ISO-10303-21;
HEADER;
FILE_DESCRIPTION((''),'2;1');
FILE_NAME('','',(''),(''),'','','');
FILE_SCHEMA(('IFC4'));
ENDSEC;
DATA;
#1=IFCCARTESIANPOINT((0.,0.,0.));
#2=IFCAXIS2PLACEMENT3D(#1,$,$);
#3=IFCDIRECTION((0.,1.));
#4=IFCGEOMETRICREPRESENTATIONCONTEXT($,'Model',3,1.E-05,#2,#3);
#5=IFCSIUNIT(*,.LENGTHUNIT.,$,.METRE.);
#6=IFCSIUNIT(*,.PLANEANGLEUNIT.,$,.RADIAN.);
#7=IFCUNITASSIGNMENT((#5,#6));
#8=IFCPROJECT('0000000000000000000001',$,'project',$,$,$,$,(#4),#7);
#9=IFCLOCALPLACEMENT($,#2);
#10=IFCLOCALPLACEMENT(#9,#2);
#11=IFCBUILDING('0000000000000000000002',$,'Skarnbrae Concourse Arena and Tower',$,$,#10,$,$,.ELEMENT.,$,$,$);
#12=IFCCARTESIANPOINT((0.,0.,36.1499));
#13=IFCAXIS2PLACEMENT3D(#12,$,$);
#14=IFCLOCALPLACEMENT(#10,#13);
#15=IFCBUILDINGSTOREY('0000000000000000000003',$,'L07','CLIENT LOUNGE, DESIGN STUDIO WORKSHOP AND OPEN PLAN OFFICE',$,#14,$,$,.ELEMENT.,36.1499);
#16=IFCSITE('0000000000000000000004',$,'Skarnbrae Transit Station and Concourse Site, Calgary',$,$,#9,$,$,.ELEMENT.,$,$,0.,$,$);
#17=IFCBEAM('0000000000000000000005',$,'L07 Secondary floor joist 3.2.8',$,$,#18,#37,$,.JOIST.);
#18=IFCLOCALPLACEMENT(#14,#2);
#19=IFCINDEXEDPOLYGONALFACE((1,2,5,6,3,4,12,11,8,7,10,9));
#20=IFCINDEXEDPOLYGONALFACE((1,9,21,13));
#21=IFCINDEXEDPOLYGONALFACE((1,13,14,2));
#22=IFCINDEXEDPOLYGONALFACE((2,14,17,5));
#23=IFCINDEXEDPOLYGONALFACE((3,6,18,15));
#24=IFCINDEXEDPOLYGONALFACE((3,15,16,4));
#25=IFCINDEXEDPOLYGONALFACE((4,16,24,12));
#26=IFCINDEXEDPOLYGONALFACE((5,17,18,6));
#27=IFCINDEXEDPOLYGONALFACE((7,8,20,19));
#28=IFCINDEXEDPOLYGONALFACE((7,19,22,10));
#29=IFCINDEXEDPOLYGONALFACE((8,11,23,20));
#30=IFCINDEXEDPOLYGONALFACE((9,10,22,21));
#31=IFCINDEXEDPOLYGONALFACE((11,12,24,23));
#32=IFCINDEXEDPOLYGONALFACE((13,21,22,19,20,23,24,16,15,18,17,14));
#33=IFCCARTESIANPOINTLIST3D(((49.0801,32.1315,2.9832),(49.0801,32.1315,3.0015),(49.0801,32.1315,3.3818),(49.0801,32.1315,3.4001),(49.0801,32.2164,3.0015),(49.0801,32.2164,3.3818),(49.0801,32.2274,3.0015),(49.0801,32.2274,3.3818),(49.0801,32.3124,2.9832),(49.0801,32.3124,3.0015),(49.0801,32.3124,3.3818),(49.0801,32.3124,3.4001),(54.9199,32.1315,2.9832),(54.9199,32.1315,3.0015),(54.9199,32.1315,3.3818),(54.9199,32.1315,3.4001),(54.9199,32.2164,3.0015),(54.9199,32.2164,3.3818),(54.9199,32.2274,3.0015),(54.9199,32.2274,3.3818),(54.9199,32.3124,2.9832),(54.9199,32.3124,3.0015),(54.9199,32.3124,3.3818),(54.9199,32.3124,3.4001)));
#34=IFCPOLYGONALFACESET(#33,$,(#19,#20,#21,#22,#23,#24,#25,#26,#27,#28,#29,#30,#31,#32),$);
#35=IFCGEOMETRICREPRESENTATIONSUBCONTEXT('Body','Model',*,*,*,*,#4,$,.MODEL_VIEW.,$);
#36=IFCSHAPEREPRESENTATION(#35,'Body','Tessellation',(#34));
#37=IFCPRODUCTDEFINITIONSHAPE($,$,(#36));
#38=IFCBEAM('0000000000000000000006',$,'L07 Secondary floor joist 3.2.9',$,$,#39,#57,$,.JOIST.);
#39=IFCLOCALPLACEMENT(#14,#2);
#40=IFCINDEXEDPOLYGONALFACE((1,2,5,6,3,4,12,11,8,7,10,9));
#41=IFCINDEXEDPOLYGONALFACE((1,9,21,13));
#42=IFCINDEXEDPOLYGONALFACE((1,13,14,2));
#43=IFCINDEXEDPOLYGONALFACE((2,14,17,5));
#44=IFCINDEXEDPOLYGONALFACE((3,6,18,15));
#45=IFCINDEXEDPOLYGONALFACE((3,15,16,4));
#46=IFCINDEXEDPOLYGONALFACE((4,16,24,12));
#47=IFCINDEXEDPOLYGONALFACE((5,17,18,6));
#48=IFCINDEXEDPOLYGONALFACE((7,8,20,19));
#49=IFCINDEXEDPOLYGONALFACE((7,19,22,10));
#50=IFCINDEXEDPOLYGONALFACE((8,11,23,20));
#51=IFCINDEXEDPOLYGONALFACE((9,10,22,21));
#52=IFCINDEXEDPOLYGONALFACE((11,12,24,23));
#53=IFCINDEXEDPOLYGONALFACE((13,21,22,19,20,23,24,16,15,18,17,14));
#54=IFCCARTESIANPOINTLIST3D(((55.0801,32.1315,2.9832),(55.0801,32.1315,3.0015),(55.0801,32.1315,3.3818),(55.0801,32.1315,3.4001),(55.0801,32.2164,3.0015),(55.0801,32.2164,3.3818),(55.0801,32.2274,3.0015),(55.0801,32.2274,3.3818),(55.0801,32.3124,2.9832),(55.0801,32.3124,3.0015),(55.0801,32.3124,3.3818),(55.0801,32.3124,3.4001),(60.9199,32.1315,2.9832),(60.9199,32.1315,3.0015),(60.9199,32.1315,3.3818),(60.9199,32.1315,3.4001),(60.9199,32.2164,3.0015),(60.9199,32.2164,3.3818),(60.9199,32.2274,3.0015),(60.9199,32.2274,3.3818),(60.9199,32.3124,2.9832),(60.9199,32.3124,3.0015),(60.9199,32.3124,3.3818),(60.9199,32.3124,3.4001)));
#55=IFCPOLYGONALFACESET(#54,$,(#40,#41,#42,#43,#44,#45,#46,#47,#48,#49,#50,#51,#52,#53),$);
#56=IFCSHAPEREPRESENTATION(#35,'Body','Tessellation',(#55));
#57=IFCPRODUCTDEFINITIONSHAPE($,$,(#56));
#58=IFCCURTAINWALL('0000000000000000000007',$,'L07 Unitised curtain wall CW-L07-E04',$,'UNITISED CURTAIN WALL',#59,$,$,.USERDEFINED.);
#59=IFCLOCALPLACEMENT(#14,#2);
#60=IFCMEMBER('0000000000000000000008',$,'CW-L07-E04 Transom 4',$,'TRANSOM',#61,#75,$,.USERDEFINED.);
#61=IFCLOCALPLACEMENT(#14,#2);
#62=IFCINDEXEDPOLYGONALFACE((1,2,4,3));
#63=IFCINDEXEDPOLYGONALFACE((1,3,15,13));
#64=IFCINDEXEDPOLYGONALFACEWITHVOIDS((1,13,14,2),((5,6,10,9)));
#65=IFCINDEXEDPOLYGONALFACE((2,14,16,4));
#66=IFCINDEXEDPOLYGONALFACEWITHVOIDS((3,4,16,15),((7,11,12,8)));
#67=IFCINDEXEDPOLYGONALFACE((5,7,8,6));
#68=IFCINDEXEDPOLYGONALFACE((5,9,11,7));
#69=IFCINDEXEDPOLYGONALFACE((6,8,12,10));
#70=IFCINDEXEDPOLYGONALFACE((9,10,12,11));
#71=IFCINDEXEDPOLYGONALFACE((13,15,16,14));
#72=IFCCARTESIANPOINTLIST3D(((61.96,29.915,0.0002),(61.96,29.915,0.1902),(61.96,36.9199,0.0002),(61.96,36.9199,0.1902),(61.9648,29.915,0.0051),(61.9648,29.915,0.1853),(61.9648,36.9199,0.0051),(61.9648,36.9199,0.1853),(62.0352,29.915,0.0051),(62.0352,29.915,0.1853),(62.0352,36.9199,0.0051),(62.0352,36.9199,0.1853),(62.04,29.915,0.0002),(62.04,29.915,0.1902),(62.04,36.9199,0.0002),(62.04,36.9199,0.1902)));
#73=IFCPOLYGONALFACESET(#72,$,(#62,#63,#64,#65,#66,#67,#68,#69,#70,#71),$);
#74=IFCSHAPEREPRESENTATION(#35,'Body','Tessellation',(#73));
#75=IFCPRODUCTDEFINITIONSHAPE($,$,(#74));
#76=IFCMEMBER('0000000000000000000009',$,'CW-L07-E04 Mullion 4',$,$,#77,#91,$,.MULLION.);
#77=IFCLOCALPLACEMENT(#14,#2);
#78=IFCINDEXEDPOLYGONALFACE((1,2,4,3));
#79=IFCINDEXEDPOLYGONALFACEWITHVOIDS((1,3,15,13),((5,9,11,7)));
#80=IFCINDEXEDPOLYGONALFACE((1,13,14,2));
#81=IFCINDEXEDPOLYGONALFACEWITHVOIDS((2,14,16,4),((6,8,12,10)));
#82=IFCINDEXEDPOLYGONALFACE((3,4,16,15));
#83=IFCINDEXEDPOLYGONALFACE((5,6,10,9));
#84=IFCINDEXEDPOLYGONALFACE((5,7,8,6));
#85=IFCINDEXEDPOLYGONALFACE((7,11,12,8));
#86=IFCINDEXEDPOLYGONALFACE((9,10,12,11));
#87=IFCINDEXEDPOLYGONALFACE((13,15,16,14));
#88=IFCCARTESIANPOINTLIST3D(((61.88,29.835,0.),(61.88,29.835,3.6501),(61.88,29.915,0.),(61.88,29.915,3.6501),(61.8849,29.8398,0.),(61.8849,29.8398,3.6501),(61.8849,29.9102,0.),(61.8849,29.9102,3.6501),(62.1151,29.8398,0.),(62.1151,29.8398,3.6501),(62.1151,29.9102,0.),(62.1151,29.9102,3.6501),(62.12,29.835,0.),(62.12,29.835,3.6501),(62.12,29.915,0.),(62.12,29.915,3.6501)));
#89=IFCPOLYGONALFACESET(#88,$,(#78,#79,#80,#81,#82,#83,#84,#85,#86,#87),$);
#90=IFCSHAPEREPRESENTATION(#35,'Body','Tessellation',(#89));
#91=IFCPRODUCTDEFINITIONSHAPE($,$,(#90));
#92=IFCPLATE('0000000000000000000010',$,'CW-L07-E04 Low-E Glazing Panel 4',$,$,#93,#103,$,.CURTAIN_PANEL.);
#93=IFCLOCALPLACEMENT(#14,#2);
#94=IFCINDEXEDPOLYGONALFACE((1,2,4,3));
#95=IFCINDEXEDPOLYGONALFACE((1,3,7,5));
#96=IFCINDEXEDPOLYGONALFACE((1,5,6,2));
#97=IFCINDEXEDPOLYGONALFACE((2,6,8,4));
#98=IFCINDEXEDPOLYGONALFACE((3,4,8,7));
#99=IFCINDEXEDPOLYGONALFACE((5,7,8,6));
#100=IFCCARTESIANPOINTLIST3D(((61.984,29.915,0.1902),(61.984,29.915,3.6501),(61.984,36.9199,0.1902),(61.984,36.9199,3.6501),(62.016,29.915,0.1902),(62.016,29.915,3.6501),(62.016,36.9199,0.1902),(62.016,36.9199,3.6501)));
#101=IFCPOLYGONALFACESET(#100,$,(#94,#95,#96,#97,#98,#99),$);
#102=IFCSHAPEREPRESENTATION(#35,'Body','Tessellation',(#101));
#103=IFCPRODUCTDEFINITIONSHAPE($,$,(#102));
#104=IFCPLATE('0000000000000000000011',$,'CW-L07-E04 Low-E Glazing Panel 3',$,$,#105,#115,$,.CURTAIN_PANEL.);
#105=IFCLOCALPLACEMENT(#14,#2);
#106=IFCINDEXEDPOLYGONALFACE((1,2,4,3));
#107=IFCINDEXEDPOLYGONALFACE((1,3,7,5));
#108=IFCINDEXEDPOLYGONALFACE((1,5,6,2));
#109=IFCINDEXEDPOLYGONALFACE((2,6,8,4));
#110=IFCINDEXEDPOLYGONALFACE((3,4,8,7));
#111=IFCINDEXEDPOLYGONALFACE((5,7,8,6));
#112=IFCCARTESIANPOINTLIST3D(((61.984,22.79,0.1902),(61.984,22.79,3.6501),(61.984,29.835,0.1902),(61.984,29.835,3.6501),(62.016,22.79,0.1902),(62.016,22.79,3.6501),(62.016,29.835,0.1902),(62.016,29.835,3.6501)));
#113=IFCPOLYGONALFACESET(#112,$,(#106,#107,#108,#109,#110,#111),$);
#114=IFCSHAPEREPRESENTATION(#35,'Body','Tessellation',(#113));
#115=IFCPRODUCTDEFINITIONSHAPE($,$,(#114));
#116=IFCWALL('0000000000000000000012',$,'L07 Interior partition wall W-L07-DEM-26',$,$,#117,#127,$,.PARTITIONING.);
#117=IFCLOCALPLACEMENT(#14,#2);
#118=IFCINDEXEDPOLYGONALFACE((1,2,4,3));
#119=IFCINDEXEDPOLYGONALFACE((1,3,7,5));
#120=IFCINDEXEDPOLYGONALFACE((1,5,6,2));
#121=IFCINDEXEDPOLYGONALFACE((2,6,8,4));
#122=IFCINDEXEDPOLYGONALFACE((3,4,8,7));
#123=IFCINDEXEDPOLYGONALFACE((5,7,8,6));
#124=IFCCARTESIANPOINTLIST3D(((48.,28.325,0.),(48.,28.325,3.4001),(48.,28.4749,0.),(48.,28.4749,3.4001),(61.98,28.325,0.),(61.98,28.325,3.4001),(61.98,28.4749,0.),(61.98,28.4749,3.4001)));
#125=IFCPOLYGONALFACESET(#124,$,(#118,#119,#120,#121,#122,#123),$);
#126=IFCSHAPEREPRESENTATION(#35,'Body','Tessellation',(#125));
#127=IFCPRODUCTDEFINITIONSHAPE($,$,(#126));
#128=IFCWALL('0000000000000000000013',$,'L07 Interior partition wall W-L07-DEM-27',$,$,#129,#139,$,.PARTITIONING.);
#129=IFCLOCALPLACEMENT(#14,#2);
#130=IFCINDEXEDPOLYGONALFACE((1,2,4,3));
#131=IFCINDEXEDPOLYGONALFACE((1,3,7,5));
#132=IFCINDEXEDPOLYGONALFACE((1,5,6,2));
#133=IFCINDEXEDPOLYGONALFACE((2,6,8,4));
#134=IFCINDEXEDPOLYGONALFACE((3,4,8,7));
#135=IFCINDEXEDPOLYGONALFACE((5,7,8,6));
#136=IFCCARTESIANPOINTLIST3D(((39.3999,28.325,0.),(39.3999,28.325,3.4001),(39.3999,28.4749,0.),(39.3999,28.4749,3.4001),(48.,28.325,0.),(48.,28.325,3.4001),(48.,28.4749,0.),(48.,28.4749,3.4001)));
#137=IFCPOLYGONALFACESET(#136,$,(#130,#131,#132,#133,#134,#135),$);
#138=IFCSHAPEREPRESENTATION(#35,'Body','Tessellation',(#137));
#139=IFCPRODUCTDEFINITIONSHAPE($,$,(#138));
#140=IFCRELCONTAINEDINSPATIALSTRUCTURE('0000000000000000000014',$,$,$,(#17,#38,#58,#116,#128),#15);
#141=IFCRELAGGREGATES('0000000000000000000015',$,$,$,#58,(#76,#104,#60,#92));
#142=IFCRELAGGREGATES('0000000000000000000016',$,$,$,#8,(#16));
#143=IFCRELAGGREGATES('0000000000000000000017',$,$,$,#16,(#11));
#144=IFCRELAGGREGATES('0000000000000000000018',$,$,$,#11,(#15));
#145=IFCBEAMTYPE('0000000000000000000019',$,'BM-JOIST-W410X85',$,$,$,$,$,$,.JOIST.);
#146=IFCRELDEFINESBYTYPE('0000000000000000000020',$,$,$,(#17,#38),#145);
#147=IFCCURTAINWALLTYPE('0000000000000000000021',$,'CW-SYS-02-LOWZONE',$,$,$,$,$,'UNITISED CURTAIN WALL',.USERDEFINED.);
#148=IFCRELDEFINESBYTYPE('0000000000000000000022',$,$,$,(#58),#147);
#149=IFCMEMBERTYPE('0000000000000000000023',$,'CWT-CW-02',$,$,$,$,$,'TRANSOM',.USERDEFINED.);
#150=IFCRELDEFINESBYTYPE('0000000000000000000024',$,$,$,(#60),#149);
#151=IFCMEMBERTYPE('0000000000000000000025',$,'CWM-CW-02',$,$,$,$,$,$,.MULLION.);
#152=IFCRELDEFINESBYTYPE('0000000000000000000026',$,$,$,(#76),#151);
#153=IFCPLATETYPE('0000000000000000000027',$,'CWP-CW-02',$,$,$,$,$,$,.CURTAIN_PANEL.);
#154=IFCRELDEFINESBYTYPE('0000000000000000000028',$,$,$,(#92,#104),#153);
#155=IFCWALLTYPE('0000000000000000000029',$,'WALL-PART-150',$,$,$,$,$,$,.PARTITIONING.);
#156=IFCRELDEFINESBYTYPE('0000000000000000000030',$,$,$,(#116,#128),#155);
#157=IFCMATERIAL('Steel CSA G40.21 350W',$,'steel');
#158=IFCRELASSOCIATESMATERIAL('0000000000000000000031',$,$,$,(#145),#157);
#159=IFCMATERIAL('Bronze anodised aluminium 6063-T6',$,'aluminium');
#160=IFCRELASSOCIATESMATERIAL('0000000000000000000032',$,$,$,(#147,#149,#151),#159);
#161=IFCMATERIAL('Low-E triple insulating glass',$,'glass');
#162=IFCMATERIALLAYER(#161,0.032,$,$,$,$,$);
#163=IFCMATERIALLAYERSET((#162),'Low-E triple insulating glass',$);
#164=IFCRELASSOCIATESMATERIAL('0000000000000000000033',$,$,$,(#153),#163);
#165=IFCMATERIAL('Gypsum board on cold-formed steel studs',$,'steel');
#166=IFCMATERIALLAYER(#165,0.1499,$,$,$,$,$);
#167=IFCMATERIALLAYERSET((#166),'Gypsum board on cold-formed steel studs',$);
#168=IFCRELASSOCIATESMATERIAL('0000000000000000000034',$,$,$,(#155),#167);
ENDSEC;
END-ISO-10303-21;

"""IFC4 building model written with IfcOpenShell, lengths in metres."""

from ifc_helpers import new_model, si_unit, direction, frame, frame_2d, origin, origin_2d, place, context, subcontext, project, spatial, rectangle, hollow_rectangle, i_section, extrude, source, transform, mapped, material, layer, layer_set, material_profile, profile_set, type_object, element, aggregate, save


model = new_model("IFC4")

# Units and contexts
model_context = context("Model", 3, precision=1e-05, world=origin(), true_north=direction((0.0, 1.0)))
body_context = subcontext(model_context, "Body", "Model", "MODEL_VIEW")
ifc_project = project(units=[si_unit("LENGTHUNIT", "METRE"), si_unit("PLANEANGLEUNIT", "RADIAN")], contexts=[model_context])

# Site, building, storey
site_placement = place(None, origin())
site = spatial("IfcSite", under=ifc_project, at=site_placement, Name="Skarnbrae Transit Station and Concourse Site, Calgary", CompositionType="ELEMENT", RefElevation=0.0)
building_placement = place(site_placement, origin())
building = spatial("IfcBuilding", under=site, at=building_placement, Name="Skarnbrae Concourse Arena and Tower", CompositionType="ELEMENT")
storey_placement = place(building_placement, frame((0.0, 0.0, 36.1499)))
storey = spatial("IfcBuildingStorey", under=building, at=storey_placement, Name="L07", Description="CLIENT LOUNGE, DESIGN STUDIO WORKSHOP AND OPEN PLAN OFFICE", CompositionType="ELEMENT", Elevation=36.1499)

# Shared definitions
ifc_material_1 = material(Name="Steel CSA G40.21 350W", Category="steel")

# Beams
ifc_material_profile_1 = material_profile(ifc_material_1, i_section(OverallWidth=0.1809, OverallDepth=0.417, WebThickness=0.011, FlangeThickness=0.0183, at=origin_2d()), Name="W410X85")
ifc_profile_set_1 = profile_set([ifc_material_profile_1], Name="Steel CSA G40.21 350W")
beam_type_1 = type_object("IfcBeamType", Name="BM-JOIST-W410X85", PredefinedType="JOIST", material=ifc_profile_set_1)
shared_shape_1 = source(origin(), body_context, "Body", "SweptSolid", [
    extrude(i_section(OverallWidth=0.1809, OverallDepth=0.417, WebThickness=0.011, FlangeThickness=0.0183, at=origin_2d()), origin(), (0.0, 0.0, 1.0), 5.8398),
])
for number, where, z_axis, x_axis, name in (
    (1, (49.0801, 32.2219, 3.1917), (1.0, 0.0, 0.0), (0.0, 1.0, 0.0), "L07 Secondary floor joist 3.2.8"),
    (2, (55.0801, 32.2219, 3.1917), (1.0, 0.0, 0.0), (0.0, 1.0, 0.0), "L07 Secondary floor joist 3.2.9"),
):
    element("IfcBeam", number, at=place(storey_placement, frame(where, z_axis=z_axis, x_axis=x_axis)), inside=storey, type_object=beam_type_1, Name=name, PredefinedType="JOIST", context=body_context, shape_type="MappedRepresentation", body=[
        mapped(shared_shape_1, transform((0.0, 0.0, 0.0))),
    ])

# Curtain wall, members, plates
ifc_material_2 = material(Name="Bronze anodised aluminium 6063-T6", Category="aluminium")
curtain_wall_type = type_object("IfcCurtainWallType", Name="CW-SYS-02-LOWZONE", ElementType="UNITISED CURTAIN WALL", PredefinedType="USERDEFINED", material=ifc_material_2)
curtain_wall_placement = place(storey_placement, origin())
curtain_wall = element("IfcCurtainWall", 3, at=curtain_wall_placement, inside=storey, type_object=curtain_wall_type, Name="L07 Unitised curtain wall CW-L07-E04", ObjectType="UNITISED CURTAIN WALL", PredefinedType="USERDEFINED")
ifc_material_profile_2 = material_profile(ifc_material_2, hollow_rectangle(XDim=0.0801, YDim=0.1899, WallThickness=0.0049, at=origin_2d()), Name="ALU-TRAN-80X190")
ifc_profile_set_2 = profile_set([ifc_material_profile_2], Name="Bronze anodised aluminium 6063-T6")
member_type_1 = type_object("IfcMemberType", Name="CWT-CW-02", ElementType="TRANSOM", PredefinedType="USERDEFINED", material=ifc_profile_set_2)
shared_shape_2 = source(origin(), body_context, "Body", "SweptSolid", [
    extrude(hollow_rectangle(XDim=0.0801, YDim=0.1899, WallThickness=0.0049, at=origin_2d()), origin(), (0.0, 0.0, 1.0), 7.0049),
])
member_1_placement = place(storey_placement, frame((62.0, 29.915, 0.0952), z_axis=(0.0, 1.0, 0.0), x_axis=(-1.0, 0.0, 0.0)))
member_1 = element("IfcMember", 4, at=member_1_placement, type_object=member_type_1, Name="CW-L07-E04 Transom 4", ObjectType="TRANSOM", PredefinedType="USERDEFINED", context=body_context, shape_type="MappedRepresentation", body=[
    mapped(shared_shape_2, transform((0.0, 0.0, 0.0))),
])
ifc_material_profile_3 = material_profile(ifc_material_2, hollow_rectangle(XDim=0.0801, YDim=0.24, WallThickness=0.0049, at=origin_2d()), Name="ALU-MULL-80X240")
ifc_profile_set_3 = profile_set([ifc_material_profile_3], Name="Bronze anodised aluminium 6063-T6")
member_type_2 = type_object("IfcMemberType", Name="CWM-CW-02", PredefinedType="MULLION", material=ifc_profile_set_3)
shared_shape_3 = source(origin(), body_context, "Body", "SweptSolid", [
    extrude(hollow_rectangle(XDim=0.0801, YDim=0.24, WallThickness=0.0049, at=origin_2d()), origin(), (0.0, 0.0, 1.0), 3.6501),
])
member_2_placement = place(storey_placement, frame((62.0, 29.875, 0.0), z_axis=(0.0, 0.0, 1.0), x_axis=(0.0, 1.0, 0.0)))
member_2 = element("IfcMember", 5, at=member_2_placement, type_object=member_type_2, Name="CW-L07-E04 Mullion 4", PredefinedType="MULLION", context=body_context, shape_type="MappedRepresentation", body=[
    mapped(shared_shape_3, transform((0.0, 0.0, 0.0))),
])
ifc_material_3 = material(Name="Low-E triple insulating glass", Category="glass")
ifc_layer_1 = layer(ifc_material_3, 0.032)
ifc_layer_set_1 = layer_set([ifc_layer_1], Name="Low-E triple insulating glass")
plate_type = type_object("IfcPlateType", Name="CWP-CW-02", PredefinedType="CURTAIN_PANEL", material=ifc_layer_set_1)
shared_shape_4 = source(origin(), body_context, "Body", "SweptSolid", [
    extrude(rectangle(XDim=7.0049, YDim=0.032, at=origin_2d()), origin(), (0.0, 0.0, 1.0), 3.46),
])
plate_1_placement = place(storey_placement, frame((62.0, 33.4175, 0.1902), z_axis=(0.0, 0.0, 1.0), x_axis=(0.0, 1.0, 0.0)))
plate_1 = element("IfcPlate", 6, at=plate_1_placement, type_object=plate_type, Name="CW-L07-E04 Low-E Glazing Panel 4", PredefinedType="CURTAIN_PANEL", context=body_context, shape_type="MappedRepresentation", body=[
    mapped(shared_shape_4, transform((0.0, 0.0, 0.0))),
])
shared_shape_5 = source(origin(), body_context, "Body", "SweptSolid", [
    extrude(rectangle(XDim=7.0449, YDim=0.032, at=origin_2d()), origin(), (0.0, 0.0, 1.0), 3.46),
])
plate_2_placement = place(storey_placement, frame((62.0, 26.3125, 0.1902), z_axis=(0.0, 0.0, 1.0), x_axis=(0.0, 1.0, 0.0)))
plate_2 = element("IfcPlate", 7, at=plate_2_placement, type_object=plate_type, Name="CW-L07-E04 Low-E Glazing Panel 3", PredefinedType="CURTAIN_PANEL", context=body_context, shape_type="MappedRepresentation", body=[
    mapped(shared_shape_5, transform((0.0, 0.0, 0.0))),
])
aggregate(curtain_wall, [member_2, plate_2, member_1, plate_1])

# Walls
ifc_material_4 = material(Name="Gypsum board on cold-formed steel studs", Category="steel")
ifc_layer_2 = layer(ifc_material_4, 0.1499)
ifc_layer_set_2 = layer_set([ifc_layer_2], Name="Gypsum board on cold-formed steel studs")
wall_type = type_object("IfcWallType", Name="WALL-PART-150", PredefinedType="PARTITIONING", material=ifc_layer_set_2)
shared_shape_6 = source(origin(), body_context, "Body", "SweptSolid", [
    extrude(rectangle(XDim=13.98, YDim=0.1499, at=frame_2d((6.99, 0.0))), origin(), (0.0, 0.0, 1.0), 3.4001),
])
wall_1_placement = place(storey_placement, frame((61.98, 28.3999, 0.0), z_axis=(0.0, 0.0, 1.0), x_axis=(-1.0, 0.0, 0.0)))
element("IfcWall", 8, at=wall_1_placement, inside=storey, type_object=wall_type, Name="L07 Interior partition wall W-L07-DEM-26", PredefinedType="PARTITIONING", context=body_context, shape_type="MappedRepresentation", body=[
    mapped(shared_shape_6, transform((0.0, 0.0, 0.0))),
])
shared_shape_7 = source(origin(), body_context, "Body", "SweptSolid", [
    extrude(rectangle(XDim=8.6001, YDim=0.1499, at=frame_2d((4.3, 0.0))), origin(), (0.0, 0.0, 1.0), 3.4001),
])
wall_2_placement = place(storey_placement, frame((48.0, 28.3999, 0.0), z_axis=(0.0, 0.0, 1.0), x_axis=(-1.0, 0.0, 0.0)))
element("IfcWall", 9, at=wall_2_placement, inside=storey, type_object=wall_type, Name="L07 Interior partition wall W-L07-DEM-27", PredefinedType="PARTITIONING", context=body_context, shape_type="MappedRepresentation", body=[
    mapped(shared_shape_7, transform((0.0, 0.0, 0.0))),
])

save(model, "model.ifc")
